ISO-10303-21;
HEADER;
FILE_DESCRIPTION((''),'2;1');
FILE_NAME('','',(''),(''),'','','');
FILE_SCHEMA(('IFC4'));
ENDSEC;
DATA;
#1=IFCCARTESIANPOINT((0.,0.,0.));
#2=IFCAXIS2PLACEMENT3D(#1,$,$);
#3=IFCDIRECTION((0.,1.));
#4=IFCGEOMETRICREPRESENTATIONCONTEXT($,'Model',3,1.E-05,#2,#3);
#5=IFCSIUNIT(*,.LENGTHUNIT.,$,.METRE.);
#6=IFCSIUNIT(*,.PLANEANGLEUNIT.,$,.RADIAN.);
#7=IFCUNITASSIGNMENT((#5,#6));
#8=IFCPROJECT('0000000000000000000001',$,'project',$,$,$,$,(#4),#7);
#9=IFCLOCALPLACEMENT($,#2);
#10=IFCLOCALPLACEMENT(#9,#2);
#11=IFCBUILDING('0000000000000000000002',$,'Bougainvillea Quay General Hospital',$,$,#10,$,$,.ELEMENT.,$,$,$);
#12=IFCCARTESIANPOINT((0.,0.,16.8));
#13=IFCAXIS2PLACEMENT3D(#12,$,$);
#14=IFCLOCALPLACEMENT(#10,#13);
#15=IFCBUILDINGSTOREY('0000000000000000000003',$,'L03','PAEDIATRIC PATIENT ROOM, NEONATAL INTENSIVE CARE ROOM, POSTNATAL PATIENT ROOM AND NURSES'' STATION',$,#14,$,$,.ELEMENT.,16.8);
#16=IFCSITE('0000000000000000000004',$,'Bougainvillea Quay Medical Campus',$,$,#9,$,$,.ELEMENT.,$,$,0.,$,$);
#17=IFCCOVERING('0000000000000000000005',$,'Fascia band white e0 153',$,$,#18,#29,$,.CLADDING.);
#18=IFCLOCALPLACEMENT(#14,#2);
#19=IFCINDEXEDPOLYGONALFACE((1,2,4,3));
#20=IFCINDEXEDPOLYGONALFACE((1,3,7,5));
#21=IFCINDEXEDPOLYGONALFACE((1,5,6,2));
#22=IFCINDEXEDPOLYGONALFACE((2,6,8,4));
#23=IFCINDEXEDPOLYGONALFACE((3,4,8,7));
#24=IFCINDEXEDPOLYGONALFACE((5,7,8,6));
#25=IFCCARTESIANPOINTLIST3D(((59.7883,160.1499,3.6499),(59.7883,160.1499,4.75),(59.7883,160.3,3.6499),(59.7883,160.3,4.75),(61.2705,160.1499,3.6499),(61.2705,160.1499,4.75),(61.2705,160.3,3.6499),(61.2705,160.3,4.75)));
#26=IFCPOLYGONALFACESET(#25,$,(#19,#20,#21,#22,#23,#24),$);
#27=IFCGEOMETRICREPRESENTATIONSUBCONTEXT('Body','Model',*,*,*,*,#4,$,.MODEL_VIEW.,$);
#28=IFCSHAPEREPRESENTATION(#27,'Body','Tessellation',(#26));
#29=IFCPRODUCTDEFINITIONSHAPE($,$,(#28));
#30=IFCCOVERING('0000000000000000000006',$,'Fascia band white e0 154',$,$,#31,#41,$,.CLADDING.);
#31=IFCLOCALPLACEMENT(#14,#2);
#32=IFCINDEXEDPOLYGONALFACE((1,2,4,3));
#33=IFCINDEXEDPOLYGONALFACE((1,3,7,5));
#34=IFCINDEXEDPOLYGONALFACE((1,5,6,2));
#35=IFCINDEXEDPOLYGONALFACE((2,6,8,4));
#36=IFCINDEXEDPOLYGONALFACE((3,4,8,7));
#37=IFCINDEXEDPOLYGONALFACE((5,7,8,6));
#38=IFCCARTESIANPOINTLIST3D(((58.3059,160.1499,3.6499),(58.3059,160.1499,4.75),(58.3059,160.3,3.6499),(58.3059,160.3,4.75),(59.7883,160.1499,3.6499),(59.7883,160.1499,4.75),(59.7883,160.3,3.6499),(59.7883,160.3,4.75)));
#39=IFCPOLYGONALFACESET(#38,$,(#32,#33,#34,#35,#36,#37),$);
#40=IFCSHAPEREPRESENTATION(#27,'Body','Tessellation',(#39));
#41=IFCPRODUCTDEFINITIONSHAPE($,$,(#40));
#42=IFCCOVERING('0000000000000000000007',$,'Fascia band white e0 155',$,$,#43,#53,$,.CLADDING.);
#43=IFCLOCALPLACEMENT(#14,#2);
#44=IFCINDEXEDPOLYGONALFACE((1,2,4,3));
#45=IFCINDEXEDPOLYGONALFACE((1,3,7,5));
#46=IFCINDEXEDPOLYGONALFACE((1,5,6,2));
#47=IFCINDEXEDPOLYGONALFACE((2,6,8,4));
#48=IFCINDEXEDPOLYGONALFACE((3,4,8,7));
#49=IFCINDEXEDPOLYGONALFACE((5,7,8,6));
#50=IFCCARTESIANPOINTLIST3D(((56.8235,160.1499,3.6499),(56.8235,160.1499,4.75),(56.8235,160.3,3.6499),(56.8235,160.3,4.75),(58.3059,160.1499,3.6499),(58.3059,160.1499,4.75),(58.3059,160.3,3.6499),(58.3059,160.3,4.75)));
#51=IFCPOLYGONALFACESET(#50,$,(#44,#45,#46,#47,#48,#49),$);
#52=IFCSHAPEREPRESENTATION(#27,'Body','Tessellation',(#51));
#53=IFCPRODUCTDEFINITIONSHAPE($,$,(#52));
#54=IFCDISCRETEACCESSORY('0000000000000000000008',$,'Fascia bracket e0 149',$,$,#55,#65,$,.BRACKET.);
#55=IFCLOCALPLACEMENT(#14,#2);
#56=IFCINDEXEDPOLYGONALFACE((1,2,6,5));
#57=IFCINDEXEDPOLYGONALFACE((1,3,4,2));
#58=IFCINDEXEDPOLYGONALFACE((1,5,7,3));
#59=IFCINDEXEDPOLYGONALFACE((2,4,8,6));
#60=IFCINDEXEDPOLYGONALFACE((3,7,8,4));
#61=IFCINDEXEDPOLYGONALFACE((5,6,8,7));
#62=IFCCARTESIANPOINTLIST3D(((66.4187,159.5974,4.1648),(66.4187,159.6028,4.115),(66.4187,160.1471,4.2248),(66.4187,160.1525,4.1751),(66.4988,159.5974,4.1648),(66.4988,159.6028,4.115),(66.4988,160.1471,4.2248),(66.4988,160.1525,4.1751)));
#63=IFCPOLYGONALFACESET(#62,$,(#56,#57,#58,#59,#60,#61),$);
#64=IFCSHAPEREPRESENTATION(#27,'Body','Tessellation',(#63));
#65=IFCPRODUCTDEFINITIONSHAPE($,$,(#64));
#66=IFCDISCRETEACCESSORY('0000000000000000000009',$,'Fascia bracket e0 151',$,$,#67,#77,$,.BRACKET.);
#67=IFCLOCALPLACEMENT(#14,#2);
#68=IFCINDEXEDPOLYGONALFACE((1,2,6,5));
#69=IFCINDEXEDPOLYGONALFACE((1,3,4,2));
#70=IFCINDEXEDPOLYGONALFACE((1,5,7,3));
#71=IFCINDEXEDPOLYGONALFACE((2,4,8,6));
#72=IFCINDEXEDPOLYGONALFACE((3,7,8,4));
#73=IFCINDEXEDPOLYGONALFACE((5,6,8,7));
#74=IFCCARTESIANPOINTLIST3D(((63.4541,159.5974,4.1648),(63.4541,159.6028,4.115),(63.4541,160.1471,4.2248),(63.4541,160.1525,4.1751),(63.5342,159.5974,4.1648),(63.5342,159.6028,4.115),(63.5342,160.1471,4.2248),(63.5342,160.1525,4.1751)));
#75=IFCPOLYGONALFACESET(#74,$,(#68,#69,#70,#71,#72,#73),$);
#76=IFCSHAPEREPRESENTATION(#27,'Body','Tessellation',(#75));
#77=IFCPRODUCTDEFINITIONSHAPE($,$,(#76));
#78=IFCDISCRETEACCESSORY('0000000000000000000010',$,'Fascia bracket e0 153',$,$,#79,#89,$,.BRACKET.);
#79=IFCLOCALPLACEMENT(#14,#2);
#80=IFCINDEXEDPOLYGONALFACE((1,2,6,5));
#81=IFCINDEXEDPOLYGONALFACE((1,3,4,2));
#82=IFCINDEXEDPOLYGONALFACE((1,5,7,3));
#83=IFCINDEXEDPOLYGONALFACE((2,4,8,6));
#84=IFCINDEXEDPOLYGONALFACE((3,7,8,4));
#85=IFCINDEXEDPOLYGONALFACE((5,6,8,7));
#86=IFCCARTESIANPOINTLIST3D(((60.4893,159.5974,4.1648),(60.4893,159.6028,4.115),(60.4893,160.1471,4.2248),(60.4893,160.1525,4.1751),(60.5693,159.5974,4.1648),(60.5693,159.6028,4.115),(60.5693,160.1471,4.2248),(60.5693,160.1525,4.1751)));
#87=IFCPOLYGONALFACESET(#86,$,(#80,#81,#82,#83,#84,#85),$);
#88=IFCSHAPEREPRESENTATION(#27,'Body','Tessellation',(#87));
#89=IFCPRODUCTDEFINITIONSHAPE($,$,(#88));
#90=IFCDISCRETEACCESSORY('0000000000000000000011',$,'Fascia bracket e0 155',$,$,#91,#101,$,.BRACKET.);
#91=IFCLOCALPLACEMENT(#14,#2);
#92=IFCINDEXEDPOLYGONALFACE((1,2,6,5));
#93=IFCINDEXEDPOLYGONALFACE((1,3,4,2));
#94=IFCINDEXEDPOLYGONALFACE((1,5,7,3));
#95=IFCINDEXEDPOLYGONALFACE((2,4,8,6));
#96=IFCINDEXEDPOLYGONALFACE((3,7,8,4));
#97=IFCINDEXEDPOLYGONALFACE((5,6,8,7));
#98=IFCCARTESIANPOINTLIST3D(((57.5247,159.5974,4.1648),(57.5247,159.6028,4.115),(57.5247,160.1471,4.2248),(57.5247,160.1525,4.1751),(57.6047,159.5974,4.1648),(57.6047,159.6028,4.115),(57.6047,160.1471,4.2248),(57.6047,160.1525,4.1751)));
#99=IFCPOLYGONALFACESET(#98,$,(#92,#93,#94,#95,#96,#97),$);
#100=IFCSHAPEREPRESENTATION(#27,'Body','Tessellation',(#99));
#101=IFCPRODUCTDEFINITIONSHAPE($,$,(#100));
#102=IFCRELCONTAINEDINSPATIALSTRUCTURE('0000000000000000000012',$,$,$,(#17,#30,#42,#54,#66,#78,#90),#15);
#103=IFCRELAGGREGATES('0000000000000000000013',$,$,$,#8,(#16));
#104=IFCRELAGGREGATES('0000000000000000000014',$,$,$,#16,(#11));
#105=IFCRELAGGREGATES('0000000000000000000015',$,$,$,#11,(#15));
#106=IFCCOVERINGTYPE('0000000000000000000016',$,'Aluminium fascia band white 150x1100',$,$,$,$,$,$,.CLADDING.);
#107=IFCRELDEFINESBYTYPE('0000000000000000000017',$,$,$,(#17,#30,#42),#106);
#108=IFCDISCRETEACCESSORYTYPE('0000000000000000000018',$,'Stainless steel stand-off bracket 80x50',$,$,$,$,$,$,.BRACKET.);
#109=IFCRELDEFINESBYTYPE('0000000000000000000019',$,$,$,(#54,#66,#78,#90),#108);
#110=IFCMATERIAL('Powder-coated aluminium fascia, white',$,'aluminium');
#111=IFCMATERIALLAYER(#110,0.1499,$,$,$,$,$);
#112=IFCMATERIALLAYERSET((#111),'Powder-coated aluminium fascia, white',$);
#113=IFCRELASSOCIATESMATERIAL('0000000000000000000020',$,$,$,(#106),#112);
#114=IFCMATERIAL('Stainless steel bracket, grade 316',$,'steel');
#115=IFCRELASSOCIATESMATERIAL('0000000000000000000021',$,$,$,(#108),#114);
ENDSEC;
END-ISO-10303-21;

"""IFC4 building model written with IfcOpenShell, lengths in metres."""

from ifc_helpers import new_model, si_unit, direction, frame, origin, origin_2d, place, context, subcontext, project, spatial, polyline, rectangle, outline, extrude, material, layer, layer_set, material_profile, profile_set, type_object, element, save


model = new_model("IFC4")

# Units and contexts
model_context = context("Model", 3, precision=1e-05, world=origin(), true_north=direction((0.0, 1.0)))
body_context = subcontext(model_context, "Body", "Model", "MODEL_VIEW")
ifc_project = project(units=[si_unit("LENGTHUNIT", "METRE"), si_unit("PLANEANGLEUNIT", "RADIAN")], contexts=[model_context])

# Site, building, storey
site_placement = place(None, origin())
site = spatial("IfcSite", under=ifc_project, at=site_placement, Name="Bougainvillea Quay Medical Campus", CompositionType="ELEMENT", RefElevation=0.0)
building_placement = place(site_placement, origin())
building = spatial("IfcBuilding", under=site, at=building_placement, Name="Bougainvillea Quay General Hospital", CompositionType="ELEMENT")
storey_placement = place(building_placement, frame((0.0, 0.0, 16.8)))
storey = spatial("IfcBuildingStorey", under=building, at=storey_placement, Name="L03", Description="PAEDIATRIC PATIENT ROOM, NEONATAL INTENSIVE CARE ROOM, POSTNATAL PATIENT ROOM AND NURSES' STATION", CompositionType="ELEMENT", Elevation=16.8)

# Coverings
ifc_material_1 = material(Name="Powder-coated aluminium fascia, white", Category="aluminium")
ifc_layer_1 = layer(ifc_material_1, 0.1499)
ifc_layer_set_1 = layer_set([ifc_layer_1], Name="Powder-coated aluminium fascia, white")
covering_type = type_object("IfcCoveringType", Name="Aluminium fascia band white 150x1100", PredefinedType="CLADDING", material=ifc_layer_set_1)
covering_1_placement = place(storey_placement, frame((61.2705, 160.1499, 3.6499), z_axis=(0.0, 0.0, 1.0), x_axis=(-1.0, 0.0, 0.0)))
element("IfcCovering", 1, at=covering_1_placement, inside=storey, type_object=covering_type, Name="Fascia band white e0 153", PredefinedType="CLADDING", context=body_context, shape_type="SweptSolid", body=[
    extrude(outline(polyline([(0.0, 0.0), (1.4822, 0.0), (1.4822, -0.1501), (0.0, -0.1501), (0.0, 0.0)])), origin(), (0.0, 0.0, 1.0), 1.1001),
])
for number, where, z_axis, x_axis, name in (
    (2, (59.7883, 160.1499, 3.6499), (0.0, 0.0, 1.0), (-1.0, 0.0, 0.0), "Fascia band white e0 154"),
    (3, (58.3059, 160.1499, 3.6499), (0.0, 0.0, 1.0), (-1.0, 0.0, 0.0), "Fascia band white e0 155"),
):
    element("IfcCovering", number, at=place(storey_placement, frame(where, z_axis=z_axis, x_axis=x_axis)), inside=storey, type_object=covering_type, Name=name, PredefinedType="CLADDING", context=body_context, shape_type="SweptSolid", body=[
        extrude(outline(polyline([(0.0, 0.0), (1.4824, 0.0), (1.4824, -0.1501), (0.0, -0.1501), (0.0, 0.0)])), origin(), (0.0, 0.0, 1.0), 1.1001),
    ])

# Discrete accessories
ifc_material_2 = material(Name="Stainless steel bracket, grade 316", Category="steel")
ifc_material_profile_1 = material_profile(ifc_material_2, rectangle(XDim=0.0801, YDim=0.05, at=origin_2d()))
ifc_profile_set_1 = profile_set([ifc_material_profile_1], Name="Stainless steel bracket, grade 316")
discrete_accessory_type = type_object("IfcDiscreteAccessoryType", Name="Stainless steel stand-off bracket 80x50", PredefinedType="BRACKET", material=ifc_profile_set_1)
for number, where, z_axis, x_axis, name in (
    (4, (66.4587, 159.6001, 4.1399), (0.0, 0.994087, 0.10859), (-1.0, 0.0, 0.0), "Fascia bracket e0 149"),
    (5, (63.4941, 159.6001, 4.1399), (0.0, 0.994087, 0.10859), (-1.0, 0.0, 0.0), "Fascia bracket e0 151"),
    (6, (60.5293, 159.6001, 4.1399), (0.0, 0.994087, 0.10859), (-1.0, 0.0, 0.0), "Fascia bracket e0 153"),
    (7, (57.5647, 159.6001, 4.1399), (0.0, 0.994087, 0.10859), (-1.0, 0.0, 0.0), "Fascia bracket e0 155"),
):
    element("IfcDiscreteAccessory", number, at=place(storey_placement, frame(where, z_axis=z_axis, x_axis=x_axis)), inside=storey, type_object=discrete_accessory_type, Name=name, PredefinedType="BRACKET", context=body_context, shape_type="SweptSolid", body=[
        extrude(rectangle(XDim=0.0801, YDim=0.05, at=origin_2d()), origin(), (0.0, 0.0, 1.0), 0.553),
    ])

save(model, "model.ifc")
